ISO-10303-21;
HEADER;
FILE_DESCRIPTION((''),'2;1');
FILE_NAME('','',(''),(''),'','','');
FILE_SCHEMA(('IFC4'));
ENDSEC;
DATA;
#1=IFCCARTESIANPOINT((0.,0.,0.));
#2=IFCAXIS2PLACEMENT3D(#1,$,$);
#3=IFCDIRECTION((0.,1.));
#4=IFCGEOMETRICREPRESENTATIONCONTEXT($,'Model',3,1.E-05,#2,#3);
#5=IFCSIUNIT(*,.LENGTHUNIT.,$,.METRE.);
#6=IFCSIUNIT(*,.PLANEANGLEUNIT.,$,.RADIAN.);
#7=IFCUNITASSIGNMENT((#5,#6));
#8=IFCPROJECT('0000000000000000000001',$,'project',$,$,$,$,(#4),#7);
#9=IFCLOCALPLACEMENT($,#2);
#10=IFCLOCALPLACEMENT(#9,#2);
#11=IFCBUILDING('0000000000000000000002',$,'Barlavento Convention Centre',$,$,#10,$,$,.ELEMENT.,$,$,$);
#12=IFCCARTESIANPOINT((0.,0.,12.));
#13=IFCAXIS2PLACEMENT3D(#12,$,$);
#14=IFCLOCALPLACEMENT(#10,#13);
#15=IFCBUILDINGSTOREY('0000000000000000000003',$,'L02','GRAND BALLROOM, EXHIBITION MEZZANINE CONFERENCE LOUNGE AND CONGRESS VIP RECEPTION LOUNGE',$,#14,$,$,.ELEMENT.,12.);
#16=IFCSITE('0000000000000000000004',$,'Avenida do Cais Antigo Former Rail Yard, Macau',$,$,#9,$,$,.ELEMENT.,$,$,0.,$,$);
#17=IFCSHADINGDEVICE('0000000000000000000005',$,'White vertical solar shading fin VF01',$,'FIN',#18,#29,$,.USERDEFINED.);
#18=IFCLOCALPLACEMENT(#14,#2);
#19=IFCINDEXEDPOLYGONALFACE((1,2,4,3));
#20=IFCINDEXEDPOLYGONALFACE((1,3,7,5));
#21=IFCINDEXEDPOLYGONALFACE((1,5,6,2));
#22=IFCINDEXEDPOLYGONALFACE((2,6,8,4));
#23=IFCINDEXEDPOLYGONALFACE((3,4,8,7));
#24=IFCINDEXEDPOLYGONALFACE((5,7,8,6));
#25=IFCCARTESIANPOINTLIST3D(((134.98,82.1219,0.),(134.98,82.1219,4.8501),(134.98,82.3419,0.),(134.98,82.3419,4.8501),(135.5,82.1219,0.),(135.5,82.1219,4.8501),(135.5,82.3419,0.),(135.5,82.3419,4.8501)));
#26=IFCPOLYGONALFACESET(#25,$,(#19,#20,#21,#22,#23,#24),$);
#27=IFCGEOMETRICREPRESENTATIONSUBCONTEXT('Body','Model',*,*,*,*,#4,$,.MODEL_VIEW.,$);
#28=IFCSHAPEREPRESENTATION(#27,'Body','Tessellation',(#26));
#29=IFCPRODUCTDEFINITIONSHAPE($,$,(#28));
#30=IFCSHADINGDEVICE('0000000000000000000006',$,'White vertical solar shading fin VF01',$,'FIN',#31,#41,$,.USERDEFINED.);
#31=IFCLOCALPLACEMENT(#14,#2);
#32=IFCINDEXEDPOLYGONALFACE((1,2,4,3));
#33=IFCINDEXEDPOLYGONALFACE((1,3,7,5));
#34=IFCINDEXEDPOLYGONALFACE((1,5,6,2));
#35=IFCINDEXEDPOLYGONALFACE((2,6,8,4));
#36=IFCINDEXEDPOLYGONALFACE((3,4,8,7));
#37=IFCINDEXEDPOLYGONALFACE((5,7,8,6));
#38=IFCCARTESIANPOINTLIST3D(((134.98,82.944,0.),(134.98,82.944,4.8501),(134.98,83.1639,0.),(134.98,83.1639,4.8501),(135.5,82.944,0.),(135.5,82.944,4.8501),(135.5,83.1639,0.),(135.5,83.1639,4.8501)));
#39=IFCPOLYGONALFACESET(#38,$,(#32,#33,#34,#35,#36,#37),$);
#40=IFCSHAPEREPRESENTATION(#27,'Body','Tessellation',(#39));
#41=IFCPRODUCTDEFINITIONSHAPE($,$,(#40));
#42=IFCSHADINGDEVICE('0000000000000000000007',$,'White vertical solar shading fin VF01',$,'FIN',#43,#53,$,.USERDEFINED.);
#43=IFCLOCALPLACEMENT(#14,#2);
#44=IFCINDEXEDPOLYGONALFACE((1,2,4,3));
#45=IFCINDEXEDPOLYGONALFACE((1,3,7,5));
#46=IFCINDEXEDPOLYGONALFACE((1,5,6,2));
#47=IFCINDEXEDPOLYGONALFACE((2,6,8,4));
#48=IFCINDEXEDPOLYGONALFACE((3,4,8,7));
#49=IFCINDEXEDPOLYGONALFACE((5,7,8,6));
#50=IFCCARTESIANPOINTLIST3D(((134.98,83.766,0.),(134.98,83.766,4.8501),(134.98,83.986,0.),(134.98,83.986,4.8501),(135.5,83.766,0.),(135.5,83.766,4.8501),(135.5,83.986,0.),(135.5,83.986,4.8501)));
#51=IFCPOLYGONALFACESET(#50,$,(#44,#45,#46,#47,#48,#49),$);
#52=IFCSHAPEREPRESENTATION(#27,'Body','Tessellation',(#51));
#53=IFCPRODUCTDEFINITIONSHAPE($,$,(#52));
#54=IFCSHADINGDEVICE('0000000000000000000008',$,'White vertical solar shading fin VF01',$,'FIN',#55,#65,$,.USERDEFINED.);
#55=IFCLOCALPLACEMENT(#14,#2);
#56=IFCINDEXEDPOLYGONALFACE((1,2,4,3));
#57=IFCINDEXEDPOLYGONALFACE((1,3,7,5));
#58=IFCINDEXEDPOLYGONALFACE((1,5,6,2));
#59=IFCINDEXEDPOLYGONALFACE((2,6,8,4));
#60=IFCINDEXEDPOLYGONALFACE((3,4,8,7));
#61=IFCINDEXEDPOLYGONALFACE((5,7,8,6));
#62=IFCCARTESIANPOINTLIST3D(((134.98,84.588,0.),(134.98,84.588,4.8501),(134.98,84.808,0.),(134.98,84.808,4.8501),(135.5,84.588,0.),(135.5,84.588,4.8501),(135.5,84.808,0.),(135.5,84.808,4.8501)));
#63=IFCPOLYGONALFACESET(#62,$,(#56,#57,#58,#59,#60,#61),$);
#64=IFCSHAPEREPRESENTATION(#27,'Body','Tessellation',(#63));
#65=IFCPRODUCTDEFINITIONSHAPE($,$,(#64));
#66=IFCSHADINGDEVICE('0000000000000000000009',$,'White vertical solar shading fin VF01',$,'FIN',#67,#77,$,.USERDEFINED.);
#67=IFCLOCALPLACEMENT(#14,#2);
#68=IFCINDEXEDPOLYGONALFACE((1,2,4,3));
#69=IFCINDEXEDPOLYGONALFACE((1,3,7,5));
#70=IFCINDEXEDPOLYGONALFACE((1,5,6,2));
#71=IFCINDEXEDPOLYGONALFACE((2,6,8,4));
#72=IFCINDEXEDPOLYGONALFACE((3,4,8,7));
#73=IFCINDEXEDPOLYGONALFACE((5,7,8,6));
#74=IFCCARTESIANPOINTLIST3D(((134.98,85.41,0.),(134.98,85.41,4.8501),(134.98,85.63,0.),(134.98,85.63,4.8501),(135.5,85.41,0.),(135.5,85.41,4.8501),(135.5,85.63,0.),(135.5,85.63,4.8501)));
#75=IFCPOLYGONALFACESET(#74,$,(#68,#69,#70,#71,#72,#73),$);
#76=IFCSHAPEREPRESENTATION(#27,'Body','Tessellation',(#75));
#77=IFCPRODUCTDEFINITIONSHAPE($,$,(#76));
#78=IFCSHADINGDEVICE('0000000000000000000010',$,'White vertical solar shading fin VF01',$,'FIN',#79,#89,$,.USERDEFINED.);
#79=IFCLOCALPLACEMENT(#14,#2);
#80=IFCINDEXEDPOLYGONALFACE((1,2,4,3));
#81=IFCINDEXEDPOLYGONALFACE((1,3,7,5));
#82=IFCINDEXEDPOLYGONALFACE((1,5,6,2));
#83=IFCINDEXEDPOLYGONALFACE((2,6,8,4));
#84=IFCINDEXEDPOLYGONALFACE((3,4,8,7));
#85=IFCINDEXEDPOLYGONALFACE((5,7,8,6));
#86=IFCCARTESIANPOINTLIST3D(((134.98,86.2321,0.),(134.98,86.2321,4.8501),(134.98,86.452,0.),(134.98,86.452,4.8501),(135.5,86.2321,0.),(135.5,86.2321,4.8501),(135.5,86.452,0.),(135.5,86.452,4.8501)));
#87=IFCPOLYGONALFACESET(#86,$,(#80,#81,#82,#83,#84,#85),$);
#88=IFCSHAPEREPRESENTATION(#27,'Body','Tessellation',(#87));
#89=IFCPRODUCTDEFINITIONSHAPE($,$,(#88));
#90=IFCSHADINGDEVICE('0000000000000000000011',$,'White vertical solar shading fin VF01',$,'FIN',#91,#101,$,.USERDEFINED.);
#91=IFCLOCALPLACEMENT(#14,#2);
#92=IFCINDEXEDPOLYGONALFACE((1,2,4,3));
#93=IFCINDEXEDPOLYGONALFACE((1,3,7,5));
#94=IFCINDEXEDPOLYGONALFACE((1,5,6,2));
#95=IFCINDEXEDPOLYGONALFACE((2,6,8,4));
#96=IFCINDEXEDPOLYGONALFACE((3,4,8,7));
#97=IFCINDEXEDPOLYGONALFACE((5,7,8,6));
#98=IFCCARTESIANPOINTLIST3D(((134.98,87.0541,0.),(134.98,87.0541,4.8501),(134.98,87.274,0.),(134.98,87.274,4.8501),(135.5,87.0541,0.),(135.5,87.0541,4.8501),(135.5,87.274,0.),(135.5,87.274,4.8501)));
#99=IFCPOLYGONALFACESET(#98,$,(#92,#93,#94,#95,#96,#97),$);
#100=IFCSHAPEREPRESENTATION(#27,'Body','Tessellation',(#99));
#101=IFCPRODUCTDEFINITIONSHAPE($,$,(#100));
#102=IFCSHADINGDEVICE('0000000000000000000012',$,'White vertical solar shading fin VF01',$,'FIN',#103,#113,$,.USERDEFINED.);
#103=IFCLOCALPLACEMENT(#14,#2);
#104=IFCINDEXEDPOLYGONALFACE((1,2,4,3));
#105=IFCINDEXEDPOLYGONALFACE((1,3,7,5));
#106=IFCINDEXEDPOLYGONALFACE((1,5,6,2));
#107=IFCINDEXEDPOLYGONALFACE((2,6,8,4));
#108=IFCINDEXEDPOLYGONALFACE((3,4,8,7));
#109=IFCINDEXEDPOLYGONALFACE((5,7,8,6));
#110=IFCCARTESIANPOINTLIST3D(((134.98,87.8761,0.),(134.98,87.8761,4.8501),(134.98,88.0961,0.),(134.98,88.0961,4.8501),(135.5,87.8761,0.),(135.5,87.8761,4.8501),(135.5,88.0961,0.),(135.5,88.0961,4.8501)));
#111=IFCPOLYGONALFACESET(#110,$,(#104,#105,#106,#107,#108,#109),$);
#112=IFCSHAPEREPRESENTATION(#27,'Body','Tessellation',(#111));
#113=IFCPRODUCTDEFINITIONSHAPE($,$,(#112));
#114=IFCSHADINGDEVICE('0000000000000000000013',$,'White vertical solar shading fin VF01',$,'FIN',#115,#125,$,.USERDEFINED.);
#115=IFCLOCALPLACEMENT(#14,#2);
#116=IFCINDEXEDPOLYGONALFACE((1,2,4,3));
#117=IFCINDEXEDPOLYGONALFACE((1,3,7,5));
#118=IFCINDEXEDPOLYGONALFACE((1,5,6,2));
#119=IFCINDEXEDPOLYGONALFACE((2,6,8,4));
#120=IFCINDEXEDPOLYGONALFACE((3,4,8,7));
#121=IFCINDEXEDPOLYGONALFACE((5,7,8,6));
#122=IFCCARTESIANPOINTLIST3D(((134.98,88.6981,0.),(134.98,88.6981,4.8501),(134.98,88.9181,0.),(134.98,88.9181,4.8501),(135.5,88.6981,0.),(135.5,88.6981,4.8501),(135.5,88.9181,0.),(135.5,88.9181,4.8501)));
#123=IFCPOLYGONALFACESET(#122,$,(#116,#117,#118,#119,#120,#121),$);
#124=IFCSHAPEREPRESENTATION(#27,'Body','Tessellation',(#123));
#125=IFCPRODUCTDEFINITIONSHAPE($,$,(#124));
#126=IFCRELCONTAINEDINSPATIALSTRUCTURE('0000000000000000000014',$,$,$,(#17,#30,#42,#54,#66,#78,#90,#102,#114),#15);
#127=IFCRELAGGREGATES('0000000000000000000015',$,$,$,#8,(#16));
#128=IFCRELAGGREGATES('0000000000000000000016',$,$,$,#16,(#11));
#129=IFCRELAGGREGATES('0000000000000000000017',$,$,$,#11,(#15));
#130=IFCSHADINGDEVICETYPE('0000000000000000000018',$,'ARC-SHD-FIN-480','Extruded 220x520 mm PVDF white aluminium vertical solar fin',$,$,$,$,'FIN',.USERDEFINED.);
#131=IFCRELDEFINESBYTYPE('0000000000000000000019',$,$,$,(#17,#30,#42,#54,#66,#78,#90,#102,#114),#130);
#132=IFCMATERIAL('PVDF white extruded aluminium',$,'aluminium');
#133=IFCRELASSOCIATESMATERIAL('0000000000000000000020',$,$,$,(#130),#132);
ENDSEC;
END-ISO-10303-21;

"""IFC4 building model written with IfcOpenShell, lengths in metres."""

from ifc_helpers import new_model, si_unit, direction, frame, origin, origin_2d, place, context, subcontext, project, spatial, rectangle, extrude, material, type_object, element, save


model = new_model("IFC4")

# Units and contexts
model_context = context("Model", 3, precision=1e-05, world=origin(), true_north=direction((0.0, 1.0)))
body_context = subcontext(model_context, "Body", "Model", "MODEL_VIEW")
ifc_project = project(units=[si_unit("LENGTHUNIT", "METRE"), si_unit("PLANEANGLEUNIT", "RADIAN")], contexts=[model_context])

# Site, building, storey
site_placement = place(None, origin())
site = spatial("IfcSite", under=ifc_project, at=site_placement, Name="Avenida do Cais Antigo Former Rail Yard, Macau", CompositionType="ELEMENT", RefElevation=0.0)
building_placement = place(site_placement, origin())
building = spatial("IfcBuilding", under=site, at=building_placement, Name="Barlavento Convention Centre", CompositionType="ELEMENT")
storey_placement = place(building_placement, frame((0.0, 0.0, 12.0)))
storey = spatial("IfcBuildingStorey", under=building, at=storey_placement, Name="L02", Description="GRAND BALLROOM, EXHIBITION MEZZANINE CONFERENCE LOUNGE AND CONGRESS VIP RECEPTION LOUNGE", CompositionType="ELEMENT", Elevation=12.0)

# Shading devices
ifc_material_1 = material(Name="PVDF white extruded aluminium", Category="aluminium")
shading_device_type = type_object("IfcShadingDeviceType", Name="ARC-SHD-FIN-480", Description="Extruded 220x520 mm PVDF white aluminium vertical solar fin", ElementType="FIN", PredefinedType="USERDEFINED", material=ifc_material_1)
for number, where, z_axis, x_axis, name in (
    (1, (135.24, 82.2319, 0.0), (0.0, 0.0, 1.0), (0.0, 1.0, 0.0), "White vertical solar shading fin VF01"),
    (2, (135.24, 83.054, 0.0), (0.0, 0.0, 1.0), (0.0, 1.0, 0.0), "White vertical solar shading fin VF01"),
    (3, (135.24, 83.876, 0.0), (0.0, 0.0, 1.0), (0.0, 1.0, 0.0), "White vertical solar shading fin VF01"),
    (4, (135.24, 84.698, 0.0), (0.0, 0.0, 1.0), (0.0, 1.0, 0.0), "White vertical solar shading fin VF01"),
    (5, (135.24, 85.52, 0.0), (0.0, 0.0, 1.0), (0.0, 1.0, 0.0), "White vertical solar shading fin VF01"),
    (6, (135.24, 86.342, 0.0), (0.0, 0.0, 1.0), (0.0, 1.0, 0.0), "White vertical solar shading fin VF01"),
    (7, (135.24, 87.1641, 0.0), (0.0, 0.0, 1.0), (0.0, 1.0, 0.0), "White vertical solar shading fin VF01"),
    (8, (135.24, 87.9861, 0.0), (0.0, 0.0, 1.0), (0.0, 1.0, 0.0), "White vertical solar shading fin VF01"),
    (9, (135.24, 88.8081, 0.0), (0.0, 0.0, 1.0), (0.0, 1.0, 0.0), "White vertical solar shading fin VF01"),
):
    element("IfcShadingDevice", number, at=place(storey_placement, frame(where, z_axis=z_axis, x_axis=x_axis)), inside=storey, type_object=shading_device_type, Name=name, ObjectType="FIN", PredefinedType="USERDEFINED", context=body_context, shape_type="SweptSolid", body=[
        extrude(rectangle(XDim=0.22, YDim=0.52, at=origin_2d()), origin(), (0.0, 0.0, 1.0), 4.8501),
    ])

save(model, "model.ifc")
